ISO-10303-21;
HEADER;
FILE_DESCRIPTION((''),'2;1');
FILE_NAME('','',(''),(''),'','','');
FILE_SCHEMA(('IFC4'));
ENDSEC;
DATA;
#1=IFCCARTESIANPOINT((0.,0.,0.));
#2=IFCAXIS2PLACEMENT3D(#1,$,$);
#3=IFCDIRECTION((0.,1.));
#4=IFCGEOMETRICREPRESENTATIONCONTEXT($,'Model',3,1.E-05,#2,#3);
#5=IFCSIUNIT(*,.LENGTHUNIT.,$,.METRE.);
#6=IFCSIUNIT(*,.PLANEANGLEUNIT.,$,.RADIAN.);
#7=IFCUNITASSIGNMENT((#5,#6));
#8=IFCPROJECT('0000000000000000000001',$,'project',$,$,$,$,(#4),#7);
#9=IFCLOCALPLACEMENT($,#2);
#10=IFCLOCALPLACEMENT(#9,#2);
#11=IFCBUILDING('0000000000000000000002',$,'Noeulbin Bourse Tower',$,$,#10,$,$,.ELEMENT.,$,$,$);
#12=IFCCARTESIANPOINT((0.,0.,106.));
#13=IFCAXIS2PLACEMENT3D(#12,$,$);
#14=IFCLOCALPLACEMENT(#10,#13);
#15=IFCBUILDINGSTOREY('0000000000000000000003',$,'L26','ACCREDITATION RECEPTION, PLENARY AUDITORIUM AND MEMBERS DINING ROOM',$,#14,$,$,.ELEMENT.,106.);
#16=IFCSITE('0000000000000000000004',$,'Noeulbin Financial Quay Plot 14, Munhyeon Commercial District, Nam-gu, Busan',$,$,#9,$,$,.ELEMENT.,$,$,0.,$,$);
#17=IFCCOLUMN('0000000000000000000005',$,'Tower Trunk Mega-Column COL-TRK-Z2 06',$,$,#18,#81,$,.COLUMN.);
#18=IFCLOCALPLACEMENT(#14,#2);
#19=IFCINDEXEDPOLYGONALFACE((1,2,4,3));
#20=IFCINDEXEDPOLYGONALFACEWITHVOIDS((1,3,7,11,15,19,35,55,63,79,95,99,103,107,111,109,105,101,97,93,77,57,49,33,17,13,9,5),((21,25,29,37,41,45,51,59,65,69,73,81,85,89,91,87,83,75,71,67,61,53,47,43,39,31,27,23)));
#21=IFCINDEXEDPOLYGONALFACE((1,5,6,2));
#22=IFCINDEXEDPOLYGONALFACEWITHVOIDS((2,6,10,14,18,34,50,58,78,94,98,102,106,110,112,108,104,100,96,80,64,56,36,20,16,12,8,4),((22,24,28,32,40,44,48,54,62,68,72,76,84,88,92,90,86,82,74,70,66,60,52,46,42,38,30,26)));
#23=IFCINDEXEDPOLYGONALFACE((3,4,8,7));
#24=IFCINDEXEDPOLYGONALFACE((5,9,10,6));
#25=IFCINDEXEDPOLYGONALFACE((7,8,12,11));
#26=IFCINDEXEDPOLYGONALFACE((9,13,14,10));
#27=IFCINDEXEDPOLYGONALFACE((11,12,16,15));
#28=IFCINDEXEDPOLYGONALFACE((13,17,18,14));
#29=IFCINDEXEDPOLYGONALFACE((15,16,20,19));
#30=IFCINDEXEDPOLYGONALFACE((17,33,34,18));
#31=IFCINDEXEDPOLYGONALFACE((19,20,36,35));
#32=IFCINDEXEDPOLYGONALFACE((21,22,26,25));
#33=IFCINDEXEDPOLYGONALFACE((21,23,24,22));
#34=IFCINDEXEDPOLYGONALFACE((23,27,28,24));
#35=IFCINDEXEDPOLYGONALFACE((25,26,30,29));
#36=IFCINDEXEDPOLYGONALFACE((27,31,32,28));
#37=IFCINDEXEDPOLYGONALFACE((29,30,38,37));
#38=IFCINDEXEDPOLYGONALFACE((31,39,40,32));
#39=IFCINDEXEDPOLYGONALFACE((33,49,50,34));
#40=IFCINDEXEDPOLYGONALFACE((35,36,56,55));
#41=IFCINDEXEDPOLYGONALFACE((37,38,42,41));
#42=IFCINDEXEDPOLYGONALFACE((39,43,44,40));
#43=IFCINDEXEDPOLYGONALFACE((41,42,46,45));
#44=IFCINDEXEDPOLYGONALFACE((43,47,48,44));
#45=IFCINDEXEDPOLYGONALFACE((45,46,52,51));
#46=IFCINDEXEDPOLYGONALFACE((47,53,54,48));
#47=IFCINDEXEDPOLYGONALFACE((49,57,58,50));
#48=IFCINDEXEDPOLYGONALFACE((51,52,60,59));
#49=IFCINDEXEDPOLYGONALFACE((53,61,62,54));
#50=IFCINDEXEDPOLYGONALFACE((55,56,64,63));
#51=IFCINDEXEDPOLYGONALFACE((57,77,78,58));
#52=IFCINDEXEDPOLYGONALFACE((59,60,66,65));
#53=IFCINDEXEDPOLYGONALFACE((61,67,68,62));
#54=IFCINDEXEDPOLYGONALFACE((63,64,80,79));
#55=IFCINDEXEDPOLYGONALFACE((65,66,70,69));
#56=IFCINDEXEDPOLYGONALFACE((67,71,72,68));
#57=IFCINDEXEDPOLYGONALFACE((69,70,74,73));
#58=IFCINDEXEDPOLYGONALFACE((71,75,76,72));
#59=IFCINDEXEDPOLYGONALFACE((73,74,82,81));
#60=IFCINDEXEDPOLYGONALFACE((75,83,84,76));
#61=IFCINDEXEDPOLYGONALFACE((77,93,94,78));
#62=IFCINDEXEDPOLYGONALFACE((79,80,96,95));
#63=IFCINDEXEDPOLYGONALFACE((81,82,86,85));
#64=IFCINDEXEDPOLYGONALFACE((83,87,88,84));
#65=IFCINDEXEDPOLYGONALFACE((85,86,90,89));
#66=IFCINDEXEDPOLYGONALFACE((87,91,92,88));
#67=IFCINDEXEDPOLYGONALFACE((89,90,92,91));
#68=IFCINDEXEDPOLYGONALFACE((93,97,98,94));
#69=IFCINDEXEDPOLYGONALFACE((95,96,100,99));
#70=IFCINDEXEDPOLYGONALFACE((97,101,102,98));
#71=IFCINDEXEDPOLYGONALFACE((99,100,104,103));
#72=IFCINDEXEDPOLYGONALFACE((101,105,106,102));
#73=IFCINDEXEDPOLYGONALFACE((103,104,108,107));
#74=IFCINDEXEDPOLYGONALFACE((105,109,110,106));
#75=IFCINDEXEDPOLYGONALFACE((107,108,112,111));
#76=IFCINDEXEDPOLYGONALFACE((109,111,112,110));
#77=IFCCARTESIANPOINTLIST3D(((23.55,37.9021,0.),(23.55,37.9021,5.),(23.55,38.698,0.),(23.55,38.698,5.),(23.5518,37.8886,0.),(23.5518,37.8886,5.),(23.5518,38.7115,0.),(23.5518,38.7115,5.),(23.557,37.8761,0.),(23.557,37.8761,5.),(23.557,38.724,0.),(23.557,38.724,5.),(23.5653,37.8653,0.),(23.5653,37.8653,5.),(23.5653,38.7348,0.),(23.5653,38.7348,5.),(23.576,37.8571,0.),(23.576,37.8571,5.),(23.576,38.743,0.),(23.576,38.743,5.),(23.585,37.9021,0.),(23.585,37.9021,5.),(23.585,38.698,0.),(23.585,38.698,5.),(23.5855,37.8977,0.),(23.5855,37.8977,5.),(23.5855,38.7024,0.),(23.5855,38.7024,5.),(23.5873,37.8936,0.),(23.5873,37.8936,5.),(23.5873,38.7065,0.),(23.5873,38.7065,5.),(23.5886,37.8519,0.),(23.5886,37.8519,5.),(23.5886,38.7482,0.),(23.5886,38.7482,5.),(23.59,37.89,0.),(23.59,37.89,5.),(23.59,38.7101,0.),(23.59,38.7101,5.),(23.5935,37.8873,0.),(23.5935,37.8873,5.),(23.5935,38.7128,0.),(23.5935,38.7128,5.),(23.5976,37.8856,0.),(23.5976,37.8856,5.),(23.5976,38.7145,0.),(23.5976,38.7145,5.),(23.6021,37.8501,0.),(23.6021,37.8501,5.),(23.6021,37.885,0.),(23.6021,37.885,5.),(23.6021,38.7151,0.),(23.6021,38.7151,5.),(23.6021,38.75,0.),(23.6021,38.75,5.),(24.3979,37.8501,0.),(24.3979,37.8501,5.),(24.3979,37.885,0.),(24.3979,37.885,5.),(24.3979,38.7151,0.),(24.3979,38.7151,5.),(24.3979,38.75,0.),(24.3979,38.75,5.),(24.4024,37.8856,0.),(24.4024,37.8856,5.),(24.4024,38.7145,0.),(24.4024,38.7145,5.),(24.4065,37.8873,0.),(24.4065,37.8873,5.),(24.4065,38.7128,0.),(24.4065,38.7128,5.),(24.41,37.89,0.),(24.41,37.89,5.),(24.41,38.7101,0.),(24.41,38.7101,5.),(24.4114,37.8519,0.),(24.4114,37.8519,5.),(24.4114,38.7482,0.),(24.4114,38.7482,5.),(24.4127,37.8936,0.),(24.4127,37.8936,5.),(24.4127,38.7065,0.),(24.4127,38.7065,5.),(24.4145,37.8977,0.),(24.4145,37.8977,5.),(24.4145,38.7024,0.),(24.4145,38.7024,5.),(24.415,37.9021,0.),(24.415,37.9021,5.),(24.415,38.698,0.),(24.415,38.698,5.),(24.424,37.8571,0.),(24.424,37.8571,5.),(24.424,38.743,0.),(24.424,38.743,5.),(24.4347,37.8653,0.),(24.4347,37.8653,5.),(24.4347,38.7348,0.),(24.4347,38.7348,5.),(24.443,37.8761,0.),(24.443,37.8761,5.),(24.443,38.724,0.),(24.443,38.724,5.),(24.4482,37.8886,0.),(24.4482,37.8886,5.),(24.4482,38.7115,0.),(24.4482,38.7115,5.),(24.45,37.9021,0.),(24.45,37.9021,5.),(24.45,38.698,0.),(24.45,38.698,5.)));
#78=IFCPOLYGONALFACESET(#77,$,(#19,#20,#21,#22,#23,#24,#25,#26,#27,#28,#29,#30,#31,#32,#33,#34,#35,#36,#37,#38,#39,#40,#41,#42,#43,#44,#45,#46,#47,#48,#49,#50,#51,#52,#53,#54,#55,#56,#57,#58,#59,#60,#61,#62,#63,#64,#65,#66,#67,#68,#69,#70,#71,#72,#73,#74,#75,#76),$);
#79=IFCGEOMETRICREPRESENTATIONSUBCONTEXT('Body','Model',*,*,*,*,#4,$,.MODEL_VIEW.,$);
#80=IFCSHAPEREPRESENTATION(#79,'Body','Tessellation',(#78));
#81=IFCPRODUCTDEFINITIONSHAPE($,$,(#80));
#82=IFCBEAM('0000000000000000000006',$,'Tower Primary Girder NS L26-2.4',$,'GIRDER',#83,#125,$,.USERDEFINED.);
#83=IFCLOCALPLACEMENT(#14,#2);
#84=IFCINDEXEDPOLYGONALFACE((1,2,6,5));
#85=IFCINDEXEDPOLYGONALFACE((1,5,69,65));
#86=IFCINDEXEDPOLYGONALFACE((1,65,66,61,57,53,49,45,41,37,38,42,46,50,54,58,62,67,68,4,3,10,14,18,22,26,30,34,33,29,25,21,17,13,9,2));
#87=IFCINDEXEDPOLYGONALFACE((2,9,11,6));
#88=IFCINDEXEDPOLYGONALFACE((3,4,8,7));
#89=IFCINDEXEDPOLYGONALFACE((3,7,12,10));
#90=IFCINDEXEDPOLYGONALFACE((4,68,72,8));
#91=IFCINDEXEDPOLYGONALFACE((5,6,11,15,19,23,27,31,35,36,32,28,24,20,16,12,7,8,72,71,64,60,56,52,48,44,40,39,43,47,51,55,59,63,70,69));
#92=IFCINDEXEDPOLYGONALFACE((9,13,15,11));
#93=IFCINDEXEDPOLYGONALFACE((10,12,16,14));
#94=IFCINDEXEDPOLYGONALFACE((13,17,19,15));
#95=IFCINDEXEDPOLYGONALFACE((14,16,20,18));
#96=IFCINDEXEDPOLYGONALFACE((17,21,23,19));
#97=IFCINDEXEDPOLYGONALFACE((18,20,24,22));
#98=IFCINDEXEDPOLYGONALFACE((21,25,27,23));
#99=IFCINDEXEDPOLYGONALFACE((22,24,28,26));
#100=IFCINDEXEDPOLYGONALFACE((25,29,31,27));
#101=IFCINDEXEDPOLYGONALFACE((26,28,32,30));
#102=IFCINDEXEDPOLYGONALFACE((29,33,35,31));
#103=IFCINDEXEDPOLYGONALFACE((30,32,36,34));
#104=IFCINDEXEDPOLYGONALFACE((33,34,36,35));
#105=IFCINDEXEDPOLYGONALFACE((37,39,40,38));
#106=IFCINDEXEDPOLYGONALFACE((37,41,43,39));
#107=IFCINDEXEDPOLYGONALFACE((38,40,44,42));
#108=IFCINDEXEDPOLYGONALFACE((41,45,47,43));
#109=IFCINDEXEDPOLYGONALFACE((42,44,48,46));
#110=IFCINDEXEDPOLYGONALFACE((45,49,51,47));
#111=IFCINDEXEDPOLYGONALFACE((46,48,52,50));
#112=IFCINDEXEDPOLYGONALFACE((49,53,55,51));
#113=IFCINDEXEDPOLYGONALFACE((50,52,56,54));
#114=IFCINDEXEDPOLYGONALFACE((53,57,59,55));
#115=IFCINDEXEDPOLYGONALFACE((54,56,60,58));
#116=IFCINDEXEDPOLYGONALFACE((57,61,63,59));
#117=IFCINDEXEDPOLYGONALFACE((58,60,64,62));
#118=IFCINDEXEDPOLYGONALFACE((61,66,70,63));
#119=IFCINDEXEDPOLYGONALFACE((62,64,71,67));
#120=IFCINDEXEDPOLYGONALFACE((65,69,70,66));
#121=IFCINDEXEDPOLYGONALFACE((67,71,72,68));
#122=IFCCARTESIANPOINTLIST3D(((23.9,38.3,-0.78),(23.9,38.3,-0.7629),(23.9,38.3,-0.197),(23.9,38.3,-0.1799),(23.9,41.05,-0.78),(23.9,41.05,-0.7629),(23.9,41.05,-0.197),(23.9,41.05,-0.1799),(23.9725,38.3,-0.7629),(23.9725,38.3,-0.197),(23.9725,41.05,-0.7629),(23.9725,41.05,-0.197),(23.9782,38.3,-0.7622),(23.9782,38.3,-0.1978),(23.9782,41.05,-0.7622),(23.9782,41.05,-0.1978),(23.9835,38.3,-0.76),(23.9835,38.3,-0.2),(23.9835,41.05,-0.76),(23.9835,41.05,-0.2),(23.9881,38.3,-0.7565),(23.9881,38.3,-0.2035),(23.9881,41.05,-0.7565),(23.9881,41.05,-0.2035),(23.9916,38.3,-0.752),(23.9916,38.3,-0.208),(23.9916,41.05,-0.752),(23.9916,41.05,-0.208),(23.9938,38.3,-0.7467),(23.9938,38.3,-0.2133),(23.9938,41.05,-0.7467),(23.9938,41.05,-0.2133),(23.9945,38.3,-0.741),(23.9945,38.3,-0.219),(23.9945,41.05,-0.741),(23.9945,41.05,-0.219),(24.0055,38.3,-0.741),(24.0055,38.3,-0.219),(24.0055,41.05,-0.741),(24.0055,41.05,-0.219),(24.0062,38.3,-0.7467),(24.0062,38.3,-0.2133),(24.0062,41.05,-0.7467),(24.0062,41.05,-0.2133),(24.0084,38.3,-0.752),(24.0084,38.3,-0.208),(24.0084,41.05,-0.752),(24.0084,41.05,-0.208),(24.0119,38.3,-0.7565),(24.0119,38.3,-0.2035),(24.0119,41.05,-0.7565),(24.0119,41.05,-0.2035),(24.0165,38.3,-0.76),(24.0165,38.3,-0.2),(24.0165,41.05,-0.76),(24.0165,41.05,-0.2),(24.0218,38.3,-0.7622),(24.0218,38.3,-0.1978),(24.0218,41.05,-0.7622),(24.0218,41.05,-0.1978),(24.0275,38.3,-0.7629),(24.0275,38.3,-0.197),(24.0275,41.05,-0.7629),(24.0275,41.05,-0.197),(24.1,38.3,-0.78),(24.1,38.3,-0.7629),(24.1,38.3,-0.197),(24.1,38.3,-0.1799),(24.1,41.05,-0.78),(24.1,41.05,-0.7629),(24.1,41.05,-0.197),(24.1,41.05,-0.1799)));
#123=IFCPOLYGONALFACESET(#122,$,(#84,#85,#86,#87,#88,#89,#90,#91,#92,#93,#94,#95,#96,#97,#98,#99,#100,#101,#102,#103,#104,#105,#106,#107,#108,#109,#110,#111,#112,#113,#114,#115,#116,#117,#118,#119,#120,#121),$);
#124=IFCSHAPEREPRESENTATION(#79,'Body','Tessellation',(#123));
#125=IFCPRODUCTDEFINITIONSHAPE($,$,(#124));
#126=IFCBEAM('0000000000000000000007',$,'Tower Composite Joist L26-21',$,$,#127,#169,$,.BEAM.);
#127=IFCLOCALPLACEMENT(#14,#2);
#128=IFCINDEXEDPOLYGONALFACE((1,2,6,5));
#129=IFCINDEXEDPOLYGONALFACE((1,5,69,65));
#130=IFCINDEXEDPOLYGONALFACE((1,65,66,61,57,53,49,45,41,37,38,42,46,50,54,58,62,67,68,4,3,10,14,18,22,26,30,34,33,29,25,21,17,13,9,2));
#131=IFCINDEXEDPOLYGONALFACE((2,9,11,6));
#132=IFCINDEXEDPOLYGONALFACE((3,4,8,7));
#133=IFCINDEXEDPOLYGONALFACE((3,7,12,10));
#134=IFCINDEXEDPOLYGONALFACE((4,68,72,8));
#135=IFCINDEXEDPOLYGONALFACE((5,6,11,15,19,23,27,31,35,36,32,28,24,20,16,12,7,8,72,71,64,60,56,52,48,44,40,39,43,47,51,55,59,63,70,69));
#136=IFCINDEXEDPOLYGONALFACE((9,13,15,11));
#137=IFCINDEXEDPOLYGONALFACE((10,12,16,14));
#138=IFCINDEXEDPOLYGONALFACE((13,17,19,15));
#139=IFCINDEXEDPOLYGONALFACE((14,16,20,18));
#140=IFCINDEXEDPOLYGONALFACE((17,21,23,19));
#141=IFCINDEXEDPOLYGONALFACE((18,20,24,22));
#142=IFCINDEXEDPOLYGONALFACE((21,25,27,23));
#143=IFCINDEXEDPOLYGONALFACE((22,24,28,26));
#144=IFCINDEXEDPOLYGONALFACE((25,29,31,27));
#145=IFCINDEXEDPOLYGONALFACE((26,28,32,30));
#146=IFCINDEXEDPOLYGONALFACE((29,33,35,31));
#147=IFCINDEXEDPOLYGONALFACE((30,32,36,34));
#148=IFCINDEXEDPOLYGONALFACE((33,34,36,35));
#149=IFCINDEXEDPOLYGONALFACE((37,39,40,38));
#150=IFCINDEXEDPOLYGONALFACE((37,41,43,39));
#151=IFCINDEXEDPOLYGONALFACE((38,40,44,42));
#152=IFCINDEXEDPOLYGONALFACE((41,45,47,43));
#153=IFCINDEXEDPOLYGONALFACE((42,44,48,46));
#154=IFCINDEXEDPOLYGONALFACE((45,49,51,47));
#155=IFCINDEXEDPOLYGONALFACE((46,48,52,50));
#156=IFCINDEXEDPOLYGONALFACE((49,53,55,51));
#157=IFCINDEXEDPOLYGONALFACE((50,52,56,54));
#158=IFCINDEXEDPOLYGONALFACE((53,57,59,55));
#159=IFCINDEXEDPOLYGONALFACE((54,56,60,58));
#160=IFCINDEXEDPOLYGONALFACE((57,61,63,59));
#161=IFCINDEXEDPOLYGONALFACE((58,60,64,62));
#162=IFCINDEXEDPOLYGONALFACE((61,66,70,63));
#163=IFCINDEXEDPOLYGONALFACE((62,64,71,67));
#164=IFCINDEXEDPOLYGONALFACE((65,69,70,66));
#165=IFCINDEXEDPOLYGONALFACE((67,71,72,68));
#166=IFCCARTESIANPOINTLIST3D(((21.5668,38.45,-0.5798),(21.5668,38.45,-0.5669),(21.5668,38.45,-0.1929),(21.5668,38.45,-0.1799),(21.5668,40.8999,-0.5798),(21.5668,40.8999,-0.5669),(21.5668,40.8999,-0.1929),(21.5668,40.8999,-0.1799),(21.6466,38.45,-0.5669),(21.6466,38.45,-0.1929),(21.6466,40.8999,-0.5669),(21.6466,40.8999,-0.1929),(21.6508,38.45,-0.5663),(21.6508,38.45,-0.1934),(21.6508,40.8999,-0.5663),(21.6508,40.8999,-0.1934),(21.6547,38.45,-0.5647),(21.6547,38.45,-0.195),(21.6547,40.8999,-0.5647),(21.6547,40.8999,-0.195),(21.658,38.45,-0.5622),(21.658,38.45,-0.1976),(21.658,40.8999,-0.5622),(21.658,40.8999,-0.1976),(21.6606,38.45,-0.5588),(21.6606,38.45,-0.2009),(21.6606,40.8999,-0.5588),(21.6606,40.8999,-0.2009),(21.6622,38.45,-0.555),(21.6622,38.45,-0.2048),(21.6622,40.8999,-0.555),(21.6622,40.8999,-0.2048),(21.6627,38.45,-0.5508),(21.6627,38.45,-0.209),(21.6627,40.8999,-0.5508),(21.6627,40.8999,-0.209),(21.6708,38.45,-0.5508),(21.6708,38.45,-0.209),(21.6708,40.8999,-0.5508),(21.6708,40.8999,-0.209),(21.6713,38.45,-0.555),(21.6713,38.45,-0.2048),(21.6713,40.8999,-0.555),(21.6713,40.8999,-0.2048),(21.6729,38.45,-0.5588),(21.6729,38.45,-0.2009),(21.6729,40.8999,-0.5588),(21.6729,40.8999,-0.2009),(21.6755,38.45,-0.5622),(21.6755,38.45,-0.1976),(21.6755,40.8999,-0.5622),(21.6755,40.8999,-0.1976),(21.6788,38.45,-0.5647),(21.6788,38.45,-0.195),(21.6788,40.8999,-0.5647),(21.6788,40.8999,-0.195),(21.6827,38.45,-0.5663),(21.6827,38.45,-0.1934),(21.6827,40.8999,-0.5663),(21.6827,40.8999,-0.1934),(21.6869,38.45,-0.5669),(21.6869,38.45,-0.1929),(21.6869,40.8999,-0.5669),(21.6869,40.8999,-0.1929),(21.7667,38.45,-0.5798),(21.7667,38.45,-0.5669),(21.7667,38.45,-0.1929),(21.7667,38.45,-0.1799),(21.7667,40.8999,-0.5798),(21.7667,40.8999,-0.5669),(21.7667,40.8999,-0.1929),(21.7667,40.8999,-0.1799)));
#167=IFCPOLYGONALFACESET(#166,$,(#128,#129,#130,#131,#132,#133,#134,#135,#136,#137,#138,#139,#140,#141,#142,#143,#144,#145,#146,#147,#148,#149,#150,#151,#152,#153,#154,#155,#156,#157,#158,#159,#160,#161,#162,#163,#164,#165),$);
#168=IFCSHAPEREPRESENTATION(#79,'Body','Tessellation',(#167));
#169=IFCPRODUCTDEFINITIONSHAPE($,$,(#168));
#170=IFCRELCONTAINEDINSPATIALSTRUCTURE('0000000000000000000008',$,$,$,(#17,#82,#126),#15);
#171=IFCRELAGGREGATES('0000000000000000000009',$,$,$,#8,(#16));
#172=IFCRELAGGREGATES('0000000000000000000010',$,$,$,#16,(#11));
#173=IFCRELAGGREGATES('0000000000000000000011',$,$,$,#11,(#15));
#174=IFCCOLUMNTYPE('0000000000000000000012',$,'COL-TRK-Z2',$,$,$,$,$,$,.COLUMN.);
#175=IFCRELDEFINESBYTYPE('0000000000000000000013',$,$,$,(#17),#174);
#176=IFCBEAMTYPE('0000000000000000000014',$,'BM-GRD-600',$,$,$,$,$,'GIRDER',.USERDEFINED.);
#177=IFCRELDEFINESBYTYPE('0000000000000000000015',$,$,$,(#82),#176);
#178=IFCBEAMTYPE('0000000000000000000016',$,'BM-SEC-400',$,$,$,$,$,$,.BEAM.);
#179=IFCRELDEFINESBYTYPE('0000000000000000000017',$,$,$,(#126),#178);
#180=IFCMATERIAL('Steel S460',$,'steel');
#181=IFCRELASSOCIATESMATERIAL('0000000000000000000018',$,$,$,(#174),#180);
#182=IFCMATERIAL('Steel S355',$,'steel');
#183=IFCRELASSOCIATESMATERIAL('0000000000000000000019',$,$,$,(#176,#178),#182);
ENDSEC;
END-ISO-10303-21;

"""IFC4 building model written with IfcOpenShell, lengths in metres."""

from ifc_helpers import new_model, si_unit, direction, frame, origin, origin_2d, place, context, subcontext, project, spatial, hollow_rectangle, i_section, extrude, material, material_profile, profile_set, type_object, element, save


model = new_model("IFC4")

# Units and contexts
model_context = context("Model", 3, precision=1e-05, world=origin(), true_north=direction((0.0, 1.0)))
body_context = subcontext(model_context, "Body", "Model", "MODEL_VIEW")
ifc_project = project(units=[si_unit("LENGTHUNIT", "METRE"), si_unit("PLANEANGLEUNIT", "RADIAN")], contexts=[model_context])

# Site, building, storey
site_placement = place(None, origin())
site = spatial("IfcSite", under=ifc_project, at=site_placement, Name="Noeulbin Financial Quay Plot 14, Munhyeon Commercial District, Nam-gu, Busan", CompositionType="ELEMENT", RefElevation=0.0)
building_placement = place(site_placement, origin())
building = spatial("IfcBuilding", under=site, at=building_placement, Name="Noeulbin Bourse Tower", CompositionType="ELEMENT")
storey_placement = place(building_placement, frame((0.0, 0.0, 106.0)))
storey = spatial("IfcBuildingStorey", under=building, at=storey_placement, Name="L26", Description="ACCREDITATION RECEPTION, PLENARY AUDITORIUM AND MEMBERS DINING ROOM", CompositionType="ELEMENT", Elevation=106.0)

# Column
ifc_material_1 = material(Name="Steel S355", Category="steel")
ifc_material_2 = material(Name="Steel S460", Category="steel")
ifc_material_profile_1 = material_profile(ifc_material_2, hollow_rectangle(XDim=0.8999, YDim=0.8999, WallThickness=0.0349, InnerFilletRadius=0.0171, OuterFilletRadius=0.052, at=origin_2d()), Name="BOX-900x900x35", Category="LoadBearing")
ifc_profile_set_1 = profile_set([ifc_material_profile_1], Name="Steel S460")
column_type_1 = type_object("IfcColumnType", Name="COL-TRK-Z2", PredefinedType="COLUMN", material=ifc_profile_set_1)
for number, where, z_axis, x_axis, name in (
    (1, (24.0, 38.3, 0.0), (0.0, 0.0, 1.0), (1.0, 0.0, 0.0), "Tower Trunk Mega-Column COL-TRK-Z2 06"),
):
    element("IfcColumn", number, at=place(storey_placement, frame(where, z_axis=z_axis, x_axis=x_axis)), inside=storey, type_object=column_type_1, Name=name, PredefinedType="COLUMN", context=body_context, shape_type="SweptSolid", body=[
        extrude(hollow_rectangle(XDim=0.8999, YDim=0.8999, WallThickness=0.0349, InnerFilletRadius=0.0171, OuterFilletRadius=0.052, at=origin_2d()), origin(), (0.0, 0.0, 1.0), 5.0),
    ])

# Beams
ifc_material_profile_2 = material_profile(ifc_material_1, i_section(OverallWidth=0.2, OverallDepth=0.6001, WebThickness=0.011, FlangeThickness=0.0171, FilletRadius=0.022, at=origin_2d()), Name="H-600x200x11x17", Category="LoadBearing")
ifc_profile_set_2 = profile_set([ifc_material_profile_2], Name="Steel S355")
beam_type_1 = type_object("IfcBeamType", Name="BM-GRD-600", ElementType="GIRDER", PredefinedType="USERDEFINED", material=ifc_profile_set_2)
beam_1_placement = place(storey_placement, frame((24.0, 38.3, -0.48), z_axis=(0.0, 1.0, 0.0), x_axis=(-1.0, 0.0, 0.0)))
element("IfcBeam", 2, at=beam_1_placement, inside=storey, type_object=beam_type_1, Name="Tower Primary Girder NS L26-2.4", ObjectType="GIRDER", PredefinedType="USERDEFINED", context=body_context, shape_type="SweptSolid", body=[
    extrude(i_section(OverallWidth=0.2, OverallDepth=0.6001, WebThickness=0.011, FlangeThickness=0.0171, FilletRadius=0.022, at=origin_2d()), origin(), (0.0, 0.0, 1.0), 2.75),
])
ifc_material_profile_3 = material_profile(ifc_material_1, i_section(OverallWidth=0.2, OverallDepth=0.3999, WebThickness=0.0081, FlangeThickness=0.0129, FilletRadius=0.0161, at=origin_2d()), Name="H-400x200x8x13", Category="LoadBearing")
ifc_profile_set_3 = profile_set([ifc_material_profile_3], Name="Steel S355")
beam_type_2 = type_object("IfcBeamType", Name="BM-SEC-400", PredefinedType="BEAM", material=ifc_profile_set_3)
for number, where, z_axis, x_axis, name in (
    (3, (21.6667, 38.45, -0.3799), (0.0, 1.0, 0.0), (-1.0, 0.0, 0.0), "Tower Composite Joist L26-21"),
):
    element("IfcBeam", number, at=place(storey_placement, frame(where, z_axis=z_axis, x_axis=x_axis)), inside=storey, type_object=beam_type_2, Name=name, PredefinedType="BEAM", context=body_context, shape_type="SweptSolid", body=[
        extrude(i_section(OverallWidth=0.2, OverallDepth=0.3999, WebThickness=0.0081, FlangeThickness=0.0129, FilletRadius=0.0161, at=origin_2d()), origin(), (0.0, 0.0, 1.0), 2.45),
    ])

save(model, "model.ifc")
